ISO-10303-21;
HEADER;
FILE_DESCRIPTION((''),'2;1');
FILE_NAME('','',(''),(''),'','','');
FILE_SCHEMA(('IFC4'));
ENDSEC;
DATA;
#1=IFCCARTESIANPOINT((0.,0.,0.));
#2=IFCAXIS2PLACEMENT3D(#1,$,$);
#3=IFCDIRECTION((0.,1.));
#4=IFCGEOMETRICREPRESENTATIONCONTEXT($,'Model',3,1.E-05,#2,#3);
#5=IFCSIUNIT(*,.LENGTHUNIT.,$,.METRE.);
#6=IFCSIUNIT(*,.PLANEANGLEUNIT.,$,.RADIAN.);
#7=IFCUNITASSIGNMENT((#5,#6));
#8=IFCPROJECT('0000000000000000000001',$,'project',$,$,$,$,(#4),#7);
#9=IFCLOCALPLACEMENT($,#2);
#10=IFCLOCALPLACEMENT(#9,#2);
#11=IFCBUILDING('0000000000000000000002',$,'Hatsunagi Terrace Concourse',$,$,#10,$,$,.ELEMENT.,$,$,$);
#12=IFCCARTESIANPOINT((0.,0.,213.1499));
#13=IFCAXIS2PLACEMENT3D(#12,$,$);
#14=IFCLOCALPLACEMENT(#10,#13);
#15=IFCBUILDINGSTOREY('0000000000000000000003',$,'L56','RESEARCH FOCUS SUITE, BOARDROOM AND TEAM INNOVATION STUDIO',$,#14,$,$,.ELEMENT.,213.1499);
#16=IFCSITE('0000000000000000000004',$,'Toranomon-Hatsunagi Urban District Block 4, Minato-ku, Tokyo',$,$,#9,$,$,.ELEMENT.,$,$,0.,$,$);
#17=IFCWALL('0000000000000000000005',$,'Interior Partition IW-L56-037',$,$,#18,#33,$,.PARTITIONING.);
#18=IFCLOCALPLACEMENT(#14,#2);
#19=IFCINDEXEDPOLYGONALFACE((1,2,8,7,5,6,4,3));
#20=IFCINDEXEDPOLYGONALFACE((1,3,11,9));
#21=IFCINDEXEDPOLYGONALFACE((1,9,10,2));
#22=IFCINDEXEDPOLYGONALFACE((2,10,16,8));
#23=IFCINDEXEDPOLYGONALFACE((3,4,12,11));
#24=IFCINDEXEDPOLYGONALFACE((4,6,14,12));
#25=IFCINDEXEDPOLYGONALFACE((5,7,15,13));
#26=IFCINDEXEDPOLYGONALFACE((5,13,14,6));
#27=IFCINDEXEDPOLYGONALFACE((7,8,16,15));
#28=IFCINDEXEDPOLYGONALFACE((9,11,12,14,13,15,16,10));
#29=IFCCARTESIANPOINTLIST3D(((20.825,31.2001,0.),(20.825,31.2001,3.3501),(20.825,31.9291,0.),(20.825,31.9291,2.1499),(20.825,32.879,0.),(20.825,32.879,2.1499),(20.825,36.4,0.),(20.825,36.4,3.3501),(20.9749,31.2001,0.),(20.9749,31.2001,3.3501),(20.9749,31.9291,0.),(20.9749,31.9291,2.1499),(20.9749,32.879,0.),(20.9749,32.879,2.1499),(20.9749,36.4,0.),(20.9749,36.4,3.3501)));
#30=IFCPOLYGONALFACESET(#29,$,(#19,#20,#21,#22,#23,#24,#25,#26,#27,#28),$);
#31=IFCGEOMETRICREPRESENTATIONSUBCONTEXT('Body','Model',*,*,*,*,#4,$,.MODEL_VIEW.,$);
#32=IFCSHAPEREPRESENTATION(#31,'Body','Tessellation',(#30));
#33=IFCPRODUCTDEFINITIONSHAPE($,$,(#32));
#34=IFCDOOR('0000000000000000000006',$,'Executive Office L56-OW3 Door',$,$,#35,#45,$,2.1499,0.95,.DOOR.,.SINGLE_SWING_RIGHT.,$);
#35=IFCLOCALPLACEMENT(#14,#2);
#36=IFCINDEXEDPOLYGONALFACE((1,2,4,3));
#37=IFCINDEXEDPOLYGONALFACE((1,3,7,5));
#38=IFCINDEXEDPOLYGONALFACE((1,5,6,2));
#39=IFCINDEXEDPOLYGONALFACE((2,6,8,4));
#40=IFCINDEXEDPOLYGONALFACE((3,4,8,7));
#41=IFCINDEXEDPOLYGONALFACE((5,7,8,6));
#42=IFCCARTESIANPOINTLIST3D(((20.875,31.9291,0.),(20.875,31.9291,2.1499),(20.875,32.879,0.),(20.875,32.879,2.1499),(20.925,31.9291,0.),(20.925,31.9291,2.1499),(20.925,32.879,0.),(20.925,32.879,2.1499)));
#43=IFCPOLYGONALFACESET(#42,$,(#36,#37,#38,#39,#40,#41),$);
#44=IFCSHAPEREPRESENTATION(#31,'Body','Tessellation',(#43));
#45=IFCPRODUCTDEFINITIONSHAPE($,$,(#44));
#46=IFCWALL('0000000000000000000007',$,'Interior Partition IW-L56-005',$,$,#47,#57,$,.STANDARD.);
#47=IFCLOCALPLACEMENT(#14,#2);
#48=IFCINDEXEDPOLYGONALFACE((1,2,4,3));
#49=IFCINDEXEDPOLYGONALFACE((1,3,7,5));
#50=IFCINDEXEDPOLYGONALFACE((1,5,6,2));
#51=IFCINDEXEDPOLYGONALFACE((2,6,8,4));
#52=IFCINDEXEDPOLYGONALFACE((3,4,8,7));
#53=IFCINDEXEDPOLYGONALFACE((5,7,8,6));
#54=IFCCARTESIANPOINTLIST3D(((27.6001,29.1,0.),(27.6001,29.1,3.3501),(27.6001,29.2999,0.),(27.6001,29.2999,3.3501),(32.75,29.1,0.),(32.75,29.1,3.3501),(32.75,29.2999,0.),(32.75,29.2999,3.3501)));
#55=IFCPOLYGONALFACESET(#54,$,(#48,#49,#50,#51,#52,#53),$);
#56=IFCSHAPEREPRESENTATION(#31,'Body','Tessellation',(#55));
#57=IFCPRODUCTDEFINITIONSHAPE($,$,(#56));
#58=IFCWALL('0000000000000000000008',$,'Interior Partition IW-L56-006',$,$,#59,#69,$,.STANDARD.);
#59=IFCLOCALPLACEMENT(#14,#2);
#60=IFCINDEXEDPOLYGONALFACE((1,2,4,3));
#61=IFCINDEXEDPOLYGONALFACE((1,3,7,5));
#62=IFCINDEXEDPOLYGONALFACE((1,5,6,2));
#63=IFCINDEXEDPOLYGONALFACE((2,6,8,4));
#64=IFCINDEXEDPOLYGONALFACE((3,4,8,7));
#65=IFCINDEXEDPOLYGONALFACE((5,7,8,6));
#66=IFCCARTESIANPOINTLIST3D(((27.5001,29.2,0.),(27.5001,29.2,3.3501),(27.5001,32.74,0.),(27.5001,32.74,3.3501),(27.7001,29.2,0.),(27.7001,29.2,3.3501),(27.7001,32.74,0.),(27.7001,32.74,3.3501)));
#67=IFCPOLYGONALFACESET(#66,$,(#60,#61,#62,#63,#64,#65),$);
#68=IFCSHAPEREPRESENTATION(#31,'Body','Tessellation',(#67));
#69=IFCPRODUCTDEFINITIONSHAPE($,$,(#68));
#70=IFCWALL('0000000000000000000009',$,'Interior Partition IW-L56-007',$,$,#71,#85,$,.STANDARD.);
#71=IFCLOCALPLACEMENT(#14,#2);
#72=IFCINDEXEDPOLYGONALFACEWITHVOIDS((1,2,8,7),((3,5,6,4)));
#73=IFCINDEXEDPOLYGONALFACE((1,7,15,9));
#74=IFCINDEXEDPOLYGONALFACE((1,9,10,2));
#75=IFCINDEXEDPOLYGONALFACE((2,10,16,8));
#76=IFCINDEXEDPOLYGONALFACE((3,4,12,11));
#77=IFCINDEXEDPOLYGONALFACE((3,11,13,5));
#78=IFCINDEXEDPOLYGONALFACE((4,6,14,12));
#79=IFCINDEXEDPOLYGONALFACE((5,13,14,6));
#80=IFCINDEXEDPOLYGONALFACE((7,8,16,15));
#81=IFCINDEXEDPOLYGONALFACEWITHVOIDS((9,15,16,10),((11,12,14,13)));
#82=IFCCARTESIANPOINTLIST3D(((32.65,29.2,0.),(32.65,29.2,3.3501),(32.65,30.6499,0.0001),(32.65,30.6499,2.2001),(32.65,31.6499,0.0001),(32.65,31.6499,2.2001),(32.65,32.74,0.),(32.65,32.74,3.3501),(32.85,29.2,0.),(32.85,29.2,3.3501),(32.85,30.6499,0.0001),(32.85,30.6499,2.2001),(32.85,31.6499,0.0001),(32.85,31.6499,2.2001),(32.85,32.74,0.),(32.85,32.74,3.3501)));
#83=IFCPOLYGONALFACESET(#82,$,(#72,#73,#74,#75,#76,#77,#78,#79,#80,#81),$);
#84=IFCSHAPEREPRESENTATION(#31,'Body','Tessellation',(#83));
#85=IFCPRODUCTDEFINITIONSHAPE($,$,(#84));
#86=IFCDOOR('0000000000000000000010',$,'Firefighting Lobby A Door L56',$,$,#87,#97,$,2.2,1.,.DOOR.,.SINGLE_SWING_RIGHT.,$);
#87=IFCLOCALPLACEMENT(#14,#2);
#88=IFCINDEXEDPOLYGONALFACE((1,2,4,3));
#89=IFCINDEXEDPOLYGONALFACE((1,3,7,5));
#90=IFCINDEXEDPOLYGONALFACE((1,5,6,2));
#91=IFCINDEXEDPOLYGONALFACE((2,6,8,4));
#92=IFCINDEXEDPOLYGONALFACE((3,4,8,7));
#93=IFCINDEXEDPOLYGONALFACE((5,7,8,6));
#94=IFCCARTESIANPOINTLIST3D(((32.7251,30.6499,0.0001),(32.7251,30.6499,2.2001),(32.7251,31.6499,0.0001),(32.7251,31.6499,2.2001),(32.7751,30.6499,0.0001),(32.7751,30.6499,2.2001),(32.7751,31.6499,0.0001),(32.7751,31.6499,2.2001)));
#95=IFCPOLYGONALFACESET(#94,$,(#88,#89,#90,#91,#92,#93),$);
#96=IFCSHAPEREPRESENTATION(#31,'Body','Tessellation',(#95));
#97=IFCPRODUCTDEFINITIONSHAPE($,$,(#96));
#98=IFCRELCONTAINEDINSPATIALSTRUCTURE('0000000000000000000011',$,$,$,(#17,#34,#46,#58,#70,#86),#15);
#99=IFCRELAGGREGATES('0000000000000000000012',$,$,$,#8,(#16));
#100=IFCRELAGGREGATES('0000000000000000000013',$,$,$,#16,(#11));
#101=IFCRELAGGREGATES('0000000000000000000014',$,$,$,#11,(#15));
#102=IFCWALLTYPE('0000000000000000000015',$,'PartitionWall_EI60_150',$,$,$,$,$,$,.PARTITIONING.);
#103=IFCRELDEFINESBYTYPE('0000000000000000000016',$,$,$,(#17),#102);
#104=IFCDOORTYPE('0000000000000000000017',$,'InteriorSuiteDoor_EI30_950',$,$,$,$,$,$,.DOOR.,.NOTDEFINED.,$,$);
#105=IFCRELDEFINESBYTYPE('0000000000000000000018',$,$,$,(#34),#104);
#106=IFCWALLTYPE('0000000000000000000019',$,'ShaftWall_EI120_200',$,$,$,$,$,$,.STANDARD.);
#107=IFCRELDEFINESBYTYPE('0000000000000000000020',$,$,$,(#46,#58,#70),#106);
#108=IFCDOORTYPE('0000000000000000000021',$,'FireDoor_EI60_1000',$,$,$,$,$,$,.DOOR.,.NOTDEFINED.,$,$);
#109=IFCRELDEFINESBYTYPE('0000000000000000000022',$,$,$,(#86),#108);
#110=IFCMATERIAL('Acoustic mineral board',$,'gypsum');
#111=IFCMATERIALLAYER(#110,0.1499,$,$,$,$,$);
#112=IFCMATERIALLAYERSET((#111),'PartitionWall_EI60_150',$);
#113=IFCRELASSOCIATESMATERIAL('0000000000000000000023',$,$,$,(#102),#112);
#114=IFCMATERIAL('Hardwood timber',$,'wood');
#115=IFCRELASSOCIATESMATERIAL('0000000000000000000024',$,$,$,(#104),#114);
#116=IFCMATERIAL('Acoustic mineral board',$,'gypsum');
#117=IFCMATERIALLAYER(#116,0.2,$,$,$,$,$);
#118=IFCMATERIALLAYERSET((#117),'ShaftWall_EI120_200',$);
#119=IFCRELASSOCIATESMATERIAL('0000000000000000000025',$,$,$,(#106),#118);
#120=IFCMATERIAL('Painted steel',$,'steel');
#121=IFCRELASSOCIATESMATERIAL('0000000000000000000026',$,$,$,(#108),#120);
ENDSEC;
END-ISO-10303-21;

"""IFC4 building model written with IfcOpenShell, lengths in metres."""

from ifc_helpers import new_model, si_unit, direction, frame, frame_2d, origin, place, context, subcontext, project, spatial, rectangle, extrude, material, layer, layer_set, type_object, element, fill, save


model = new_model("IFC4")

# Units and contexts
model_context = context("Model", 3, precision=1e-05, world=origin(), true_north=direction((0.0, 1.0)))
body_context = subcontext(model_context, "Body", "Model", "MODEL_VIEW")
ifc_project = project(units=[si_unit("LENGTHUNIT", "METRE"), si_unit("PLANEANGLEUNIT", "RADIAN")], contexts=[model_context])

# Site, building, storey
site_placement = place(None, origin())
site = spatial("IfcSite", under=ifc_project, at=site_placement, Name="Toranomon-Hatsunagi Urban District Block 4, Minato-ku, Tokyo", CompositionType="ELEMENT", RefElevation=0.0)
building_placement = place(site_placement, origin())
building = spatial("IfcBuilding", under=site, at=building_placement, Name="Hatsunagi Terrace Concourse", CompositionType="ELEMENT")
storey_placement = place(building_placement, frame((0.0, 0.0, 213.1499)))
storey = spatial("IfcBuildingStorey", under=building, at=storey_placement, Name="L56", Description="RESEARCH FOCUS SUITE, BOARDROOM AND TEAM INNOVATION STUDIO", CompositionType="ELEMENT", Elevation=213.1499)

# Shared definitions
ifc_material_1 = material(Name="Acoustic mineral board", Category="gypsum")
ifc_layer_1 = layer(ifc_material_1, 0.1499)
ifc_layer_set_1 = layer_set([ifc_layer_1], Name="PartitionWall_EI60_150")
wall_type_1 = type_object("IfcWallType", Name="PartitionWall_EI60_150", PredefinedType="PARTITIONING", material=ifc_layer_set_1)

# Wall, opening, door
ifc_material_2 = material(Name="Hardwood timber", Category="wood")
door_type_1 = type_object("IfcDoorType", Name="InteriorSuiteDoor_EI30_950", OperationType="NOTDEFINED", PredefinedType="DOOR", material=ifc_material_2)
wall_1_placement = place(storey_placement, frame((20.8999, 31.2, 0.0), z_axis=(0.0, 0.0, 1.0), x_axis=(0.0, 1.0, 0.0)))
wall_1 = element("IfcWall", 1, at=wall_1_placement, inside=storey, type_object=wall_type_1, Name="Interior Partition IW-L56-037", PredefinedType="PARTITIONING", context=body_context, shape_type="SweptSolid", body=[
    extrude(rectangle(XDim=5.2, YDim=0.1499, at=frame_2d((2.6001, 0.0))), origin(), (0.0, 0.0, 1.0), 3.3501),
])
opening_1_placement = place(wall_1_placement, frame((0.729, 0.0, 0.0)))
opening_1 = element("IfcOpeningElement", 2, at=opening_1_placement, cuts=wall_1, PredefinedType="OPENING", context=body_context, shape_type="SweptSolid", body=[
    extrude(rectangle(XDim=0.95, YDim=2.1499, at=frame_2d((0.4751, 1.075))), frame((0.0, 0.085, 0.0), z_axis=(0.0, -1.0, 0.0), x_axis=(1.0, 0.0, 0.0)), (0.0, 0.0, 1.0), 0.1699),
])
door_1_placement = place(opening_1_placement, origin())
door_1 = element("IfcDoor", 3, at=door_1_placement, inside=storey, type_object=door_type_1, Name="Executive Office L56-OW3 Door", OperationType="SINGLE_SWING_RIGHT", OverallHeight=2.1499, OverallWidth=0.95, PredefinedType="DOOR", context=body_context, shape_type="SweptSolid", body=[
    extrude(rectangle(XDim=0.95, YDim=2.1499, at=frame_2d((0.4751, 1.075))), frame((0.0, 0.0249, 0.0), z_axis=(0.0, -1.0, 0.0), x_axis=(1.0, 0.0, 0.0)), (0.0, 0.0, 1.0), 0.05),
])
fill(opening_1, door_1)

# Walls
ifc_material_3 = material(Name="Acoustic mineral board", Category="gypsum")
ifc_layer_2 = layer(ifc_material_3, 0.2)
ifc_layer_set_2 = layer_set([ifc_layer_2], Name="ShaftWall_EI120_200")
wall_type_2 = type_object("IfcWallType", Name="ShaftWall_EI120_200", PredefinedType="STANDARD", material=ifc_layer_set_2)
wall_2_placement = place(storey_placement, frame((27.6001, 29.2, 0.0), z_axis=(0.0, 0.0, 1.0), x_axis=(1.0, 0.0, 0.0)))
element("IfcWall", 4, at=wall_2_placement, inside=storey, type_object=wall_type_2, Name="Interior Partition IW-L56-005", PredefinedType="STANDARD", context=body_context, shape_type="SweptSolid", body=[
    extrude(rectangle(XDim=5.1499, YDim=0.2, at=frame_2d((2.575, 0.0))), origin(), (0.0, 0.0, 1.0), 3.3501),
])
wall_3_placement = place(storey_placement, frame((27.6001, 29.2, 0.0), z_axis=(0.0, 0.0, 1.0), x_axis=(0.0, 1.0, 0.0)))
element("IfcWall", 5, at=wall_3_placement, inside=storey, type_object=wall_type_2, Name="Interior Partition IW-L56-006", PredefinedType="STANDARD", context=body_context, shape_type="SweptSolid", body=[
    extrude(rectangle(XDim=3.54, YDim=0.2, at=frame_2d((1.77, 0.0))), origin(), (0.0, 0.0, 1.0), 3.3501),
])

# Wall, opening, door
wall_4_placement = place(storey_placement, frame((32.75, 29.2, 0.0), z_axis=(0.0, 0.0, 1.0), x_axis=(0.0, 1.0, 0.0)))
wall_4 = element("IfcWall", 6, at=wall_4_placement, inside=storey, type_object=wall_type_2, Name="Interior Partition IW-L56-007", PredefinedType="STANDARD", context=body_context, shape_type="SweptSolid", body=[
    extrude(rectangle(XDim=3.54, YDim=0.2, at=frame_2d((1.77, 0.0))), origin(), (0.0, 0.0, 1.0), 3.3501),
])
opening_2_placement = place(wall_4_placement, frame((1.45, 0.0, 0.0)))
opening_2 = element("IfcOpeningElement", 7, at=opening_2_placement, cuts=wall_4, PredefinedType="OPENING", context=body_context, shape_type="SweptSolid", body=[
    extrude(rectangle(XDim=1.0, YDim=2.2, at=frame_2d((0.5, 1.1001))), frame((0.0, 0.1099, 0.0), z_axis=(0.0, -1.0, 0.0), x_axis=(1.0, 0.0, 0.0)), (0.0, 0.0, 1.0), 0.22),
])
ifc_material_4 = material(Name="Painted steel", Category="steel")
door_type_2 = type_object("IfcDoorType", Name="FireDoor_EI60_1000", OperationType="NOTDEFINED", PredefinedType="DOOR", material=ifc_material_4)
door_2_placement = place(opening_2_placement, origin())
door_2 = element("IfcDoor", 8, at=door_2_placement, inside=storey, type_object=door_type_2, Name="Firefighting Lobby A Door L56", OperationType="SINGLE_SWING_RIGHT", OverallHeight=2.2, OverallWidth=1.0, PredefinedType="DOOR", context=body_context, shape_type="SweptSolid", body=[
    extrude(rectangle(XDim=1.0, YDim=2.2, at=frame_2d((0.5, 1.1001))), frame((0.0, 0.0249, 0.0), z_axis=(0.0, -1.0, 0.0), x_axis=(1.0, 0.0, 0.0)), (0.0, 0.0, 1.0), 0.05),
])
fill(opening_2, door_2)

save(model, "model.ifc")
